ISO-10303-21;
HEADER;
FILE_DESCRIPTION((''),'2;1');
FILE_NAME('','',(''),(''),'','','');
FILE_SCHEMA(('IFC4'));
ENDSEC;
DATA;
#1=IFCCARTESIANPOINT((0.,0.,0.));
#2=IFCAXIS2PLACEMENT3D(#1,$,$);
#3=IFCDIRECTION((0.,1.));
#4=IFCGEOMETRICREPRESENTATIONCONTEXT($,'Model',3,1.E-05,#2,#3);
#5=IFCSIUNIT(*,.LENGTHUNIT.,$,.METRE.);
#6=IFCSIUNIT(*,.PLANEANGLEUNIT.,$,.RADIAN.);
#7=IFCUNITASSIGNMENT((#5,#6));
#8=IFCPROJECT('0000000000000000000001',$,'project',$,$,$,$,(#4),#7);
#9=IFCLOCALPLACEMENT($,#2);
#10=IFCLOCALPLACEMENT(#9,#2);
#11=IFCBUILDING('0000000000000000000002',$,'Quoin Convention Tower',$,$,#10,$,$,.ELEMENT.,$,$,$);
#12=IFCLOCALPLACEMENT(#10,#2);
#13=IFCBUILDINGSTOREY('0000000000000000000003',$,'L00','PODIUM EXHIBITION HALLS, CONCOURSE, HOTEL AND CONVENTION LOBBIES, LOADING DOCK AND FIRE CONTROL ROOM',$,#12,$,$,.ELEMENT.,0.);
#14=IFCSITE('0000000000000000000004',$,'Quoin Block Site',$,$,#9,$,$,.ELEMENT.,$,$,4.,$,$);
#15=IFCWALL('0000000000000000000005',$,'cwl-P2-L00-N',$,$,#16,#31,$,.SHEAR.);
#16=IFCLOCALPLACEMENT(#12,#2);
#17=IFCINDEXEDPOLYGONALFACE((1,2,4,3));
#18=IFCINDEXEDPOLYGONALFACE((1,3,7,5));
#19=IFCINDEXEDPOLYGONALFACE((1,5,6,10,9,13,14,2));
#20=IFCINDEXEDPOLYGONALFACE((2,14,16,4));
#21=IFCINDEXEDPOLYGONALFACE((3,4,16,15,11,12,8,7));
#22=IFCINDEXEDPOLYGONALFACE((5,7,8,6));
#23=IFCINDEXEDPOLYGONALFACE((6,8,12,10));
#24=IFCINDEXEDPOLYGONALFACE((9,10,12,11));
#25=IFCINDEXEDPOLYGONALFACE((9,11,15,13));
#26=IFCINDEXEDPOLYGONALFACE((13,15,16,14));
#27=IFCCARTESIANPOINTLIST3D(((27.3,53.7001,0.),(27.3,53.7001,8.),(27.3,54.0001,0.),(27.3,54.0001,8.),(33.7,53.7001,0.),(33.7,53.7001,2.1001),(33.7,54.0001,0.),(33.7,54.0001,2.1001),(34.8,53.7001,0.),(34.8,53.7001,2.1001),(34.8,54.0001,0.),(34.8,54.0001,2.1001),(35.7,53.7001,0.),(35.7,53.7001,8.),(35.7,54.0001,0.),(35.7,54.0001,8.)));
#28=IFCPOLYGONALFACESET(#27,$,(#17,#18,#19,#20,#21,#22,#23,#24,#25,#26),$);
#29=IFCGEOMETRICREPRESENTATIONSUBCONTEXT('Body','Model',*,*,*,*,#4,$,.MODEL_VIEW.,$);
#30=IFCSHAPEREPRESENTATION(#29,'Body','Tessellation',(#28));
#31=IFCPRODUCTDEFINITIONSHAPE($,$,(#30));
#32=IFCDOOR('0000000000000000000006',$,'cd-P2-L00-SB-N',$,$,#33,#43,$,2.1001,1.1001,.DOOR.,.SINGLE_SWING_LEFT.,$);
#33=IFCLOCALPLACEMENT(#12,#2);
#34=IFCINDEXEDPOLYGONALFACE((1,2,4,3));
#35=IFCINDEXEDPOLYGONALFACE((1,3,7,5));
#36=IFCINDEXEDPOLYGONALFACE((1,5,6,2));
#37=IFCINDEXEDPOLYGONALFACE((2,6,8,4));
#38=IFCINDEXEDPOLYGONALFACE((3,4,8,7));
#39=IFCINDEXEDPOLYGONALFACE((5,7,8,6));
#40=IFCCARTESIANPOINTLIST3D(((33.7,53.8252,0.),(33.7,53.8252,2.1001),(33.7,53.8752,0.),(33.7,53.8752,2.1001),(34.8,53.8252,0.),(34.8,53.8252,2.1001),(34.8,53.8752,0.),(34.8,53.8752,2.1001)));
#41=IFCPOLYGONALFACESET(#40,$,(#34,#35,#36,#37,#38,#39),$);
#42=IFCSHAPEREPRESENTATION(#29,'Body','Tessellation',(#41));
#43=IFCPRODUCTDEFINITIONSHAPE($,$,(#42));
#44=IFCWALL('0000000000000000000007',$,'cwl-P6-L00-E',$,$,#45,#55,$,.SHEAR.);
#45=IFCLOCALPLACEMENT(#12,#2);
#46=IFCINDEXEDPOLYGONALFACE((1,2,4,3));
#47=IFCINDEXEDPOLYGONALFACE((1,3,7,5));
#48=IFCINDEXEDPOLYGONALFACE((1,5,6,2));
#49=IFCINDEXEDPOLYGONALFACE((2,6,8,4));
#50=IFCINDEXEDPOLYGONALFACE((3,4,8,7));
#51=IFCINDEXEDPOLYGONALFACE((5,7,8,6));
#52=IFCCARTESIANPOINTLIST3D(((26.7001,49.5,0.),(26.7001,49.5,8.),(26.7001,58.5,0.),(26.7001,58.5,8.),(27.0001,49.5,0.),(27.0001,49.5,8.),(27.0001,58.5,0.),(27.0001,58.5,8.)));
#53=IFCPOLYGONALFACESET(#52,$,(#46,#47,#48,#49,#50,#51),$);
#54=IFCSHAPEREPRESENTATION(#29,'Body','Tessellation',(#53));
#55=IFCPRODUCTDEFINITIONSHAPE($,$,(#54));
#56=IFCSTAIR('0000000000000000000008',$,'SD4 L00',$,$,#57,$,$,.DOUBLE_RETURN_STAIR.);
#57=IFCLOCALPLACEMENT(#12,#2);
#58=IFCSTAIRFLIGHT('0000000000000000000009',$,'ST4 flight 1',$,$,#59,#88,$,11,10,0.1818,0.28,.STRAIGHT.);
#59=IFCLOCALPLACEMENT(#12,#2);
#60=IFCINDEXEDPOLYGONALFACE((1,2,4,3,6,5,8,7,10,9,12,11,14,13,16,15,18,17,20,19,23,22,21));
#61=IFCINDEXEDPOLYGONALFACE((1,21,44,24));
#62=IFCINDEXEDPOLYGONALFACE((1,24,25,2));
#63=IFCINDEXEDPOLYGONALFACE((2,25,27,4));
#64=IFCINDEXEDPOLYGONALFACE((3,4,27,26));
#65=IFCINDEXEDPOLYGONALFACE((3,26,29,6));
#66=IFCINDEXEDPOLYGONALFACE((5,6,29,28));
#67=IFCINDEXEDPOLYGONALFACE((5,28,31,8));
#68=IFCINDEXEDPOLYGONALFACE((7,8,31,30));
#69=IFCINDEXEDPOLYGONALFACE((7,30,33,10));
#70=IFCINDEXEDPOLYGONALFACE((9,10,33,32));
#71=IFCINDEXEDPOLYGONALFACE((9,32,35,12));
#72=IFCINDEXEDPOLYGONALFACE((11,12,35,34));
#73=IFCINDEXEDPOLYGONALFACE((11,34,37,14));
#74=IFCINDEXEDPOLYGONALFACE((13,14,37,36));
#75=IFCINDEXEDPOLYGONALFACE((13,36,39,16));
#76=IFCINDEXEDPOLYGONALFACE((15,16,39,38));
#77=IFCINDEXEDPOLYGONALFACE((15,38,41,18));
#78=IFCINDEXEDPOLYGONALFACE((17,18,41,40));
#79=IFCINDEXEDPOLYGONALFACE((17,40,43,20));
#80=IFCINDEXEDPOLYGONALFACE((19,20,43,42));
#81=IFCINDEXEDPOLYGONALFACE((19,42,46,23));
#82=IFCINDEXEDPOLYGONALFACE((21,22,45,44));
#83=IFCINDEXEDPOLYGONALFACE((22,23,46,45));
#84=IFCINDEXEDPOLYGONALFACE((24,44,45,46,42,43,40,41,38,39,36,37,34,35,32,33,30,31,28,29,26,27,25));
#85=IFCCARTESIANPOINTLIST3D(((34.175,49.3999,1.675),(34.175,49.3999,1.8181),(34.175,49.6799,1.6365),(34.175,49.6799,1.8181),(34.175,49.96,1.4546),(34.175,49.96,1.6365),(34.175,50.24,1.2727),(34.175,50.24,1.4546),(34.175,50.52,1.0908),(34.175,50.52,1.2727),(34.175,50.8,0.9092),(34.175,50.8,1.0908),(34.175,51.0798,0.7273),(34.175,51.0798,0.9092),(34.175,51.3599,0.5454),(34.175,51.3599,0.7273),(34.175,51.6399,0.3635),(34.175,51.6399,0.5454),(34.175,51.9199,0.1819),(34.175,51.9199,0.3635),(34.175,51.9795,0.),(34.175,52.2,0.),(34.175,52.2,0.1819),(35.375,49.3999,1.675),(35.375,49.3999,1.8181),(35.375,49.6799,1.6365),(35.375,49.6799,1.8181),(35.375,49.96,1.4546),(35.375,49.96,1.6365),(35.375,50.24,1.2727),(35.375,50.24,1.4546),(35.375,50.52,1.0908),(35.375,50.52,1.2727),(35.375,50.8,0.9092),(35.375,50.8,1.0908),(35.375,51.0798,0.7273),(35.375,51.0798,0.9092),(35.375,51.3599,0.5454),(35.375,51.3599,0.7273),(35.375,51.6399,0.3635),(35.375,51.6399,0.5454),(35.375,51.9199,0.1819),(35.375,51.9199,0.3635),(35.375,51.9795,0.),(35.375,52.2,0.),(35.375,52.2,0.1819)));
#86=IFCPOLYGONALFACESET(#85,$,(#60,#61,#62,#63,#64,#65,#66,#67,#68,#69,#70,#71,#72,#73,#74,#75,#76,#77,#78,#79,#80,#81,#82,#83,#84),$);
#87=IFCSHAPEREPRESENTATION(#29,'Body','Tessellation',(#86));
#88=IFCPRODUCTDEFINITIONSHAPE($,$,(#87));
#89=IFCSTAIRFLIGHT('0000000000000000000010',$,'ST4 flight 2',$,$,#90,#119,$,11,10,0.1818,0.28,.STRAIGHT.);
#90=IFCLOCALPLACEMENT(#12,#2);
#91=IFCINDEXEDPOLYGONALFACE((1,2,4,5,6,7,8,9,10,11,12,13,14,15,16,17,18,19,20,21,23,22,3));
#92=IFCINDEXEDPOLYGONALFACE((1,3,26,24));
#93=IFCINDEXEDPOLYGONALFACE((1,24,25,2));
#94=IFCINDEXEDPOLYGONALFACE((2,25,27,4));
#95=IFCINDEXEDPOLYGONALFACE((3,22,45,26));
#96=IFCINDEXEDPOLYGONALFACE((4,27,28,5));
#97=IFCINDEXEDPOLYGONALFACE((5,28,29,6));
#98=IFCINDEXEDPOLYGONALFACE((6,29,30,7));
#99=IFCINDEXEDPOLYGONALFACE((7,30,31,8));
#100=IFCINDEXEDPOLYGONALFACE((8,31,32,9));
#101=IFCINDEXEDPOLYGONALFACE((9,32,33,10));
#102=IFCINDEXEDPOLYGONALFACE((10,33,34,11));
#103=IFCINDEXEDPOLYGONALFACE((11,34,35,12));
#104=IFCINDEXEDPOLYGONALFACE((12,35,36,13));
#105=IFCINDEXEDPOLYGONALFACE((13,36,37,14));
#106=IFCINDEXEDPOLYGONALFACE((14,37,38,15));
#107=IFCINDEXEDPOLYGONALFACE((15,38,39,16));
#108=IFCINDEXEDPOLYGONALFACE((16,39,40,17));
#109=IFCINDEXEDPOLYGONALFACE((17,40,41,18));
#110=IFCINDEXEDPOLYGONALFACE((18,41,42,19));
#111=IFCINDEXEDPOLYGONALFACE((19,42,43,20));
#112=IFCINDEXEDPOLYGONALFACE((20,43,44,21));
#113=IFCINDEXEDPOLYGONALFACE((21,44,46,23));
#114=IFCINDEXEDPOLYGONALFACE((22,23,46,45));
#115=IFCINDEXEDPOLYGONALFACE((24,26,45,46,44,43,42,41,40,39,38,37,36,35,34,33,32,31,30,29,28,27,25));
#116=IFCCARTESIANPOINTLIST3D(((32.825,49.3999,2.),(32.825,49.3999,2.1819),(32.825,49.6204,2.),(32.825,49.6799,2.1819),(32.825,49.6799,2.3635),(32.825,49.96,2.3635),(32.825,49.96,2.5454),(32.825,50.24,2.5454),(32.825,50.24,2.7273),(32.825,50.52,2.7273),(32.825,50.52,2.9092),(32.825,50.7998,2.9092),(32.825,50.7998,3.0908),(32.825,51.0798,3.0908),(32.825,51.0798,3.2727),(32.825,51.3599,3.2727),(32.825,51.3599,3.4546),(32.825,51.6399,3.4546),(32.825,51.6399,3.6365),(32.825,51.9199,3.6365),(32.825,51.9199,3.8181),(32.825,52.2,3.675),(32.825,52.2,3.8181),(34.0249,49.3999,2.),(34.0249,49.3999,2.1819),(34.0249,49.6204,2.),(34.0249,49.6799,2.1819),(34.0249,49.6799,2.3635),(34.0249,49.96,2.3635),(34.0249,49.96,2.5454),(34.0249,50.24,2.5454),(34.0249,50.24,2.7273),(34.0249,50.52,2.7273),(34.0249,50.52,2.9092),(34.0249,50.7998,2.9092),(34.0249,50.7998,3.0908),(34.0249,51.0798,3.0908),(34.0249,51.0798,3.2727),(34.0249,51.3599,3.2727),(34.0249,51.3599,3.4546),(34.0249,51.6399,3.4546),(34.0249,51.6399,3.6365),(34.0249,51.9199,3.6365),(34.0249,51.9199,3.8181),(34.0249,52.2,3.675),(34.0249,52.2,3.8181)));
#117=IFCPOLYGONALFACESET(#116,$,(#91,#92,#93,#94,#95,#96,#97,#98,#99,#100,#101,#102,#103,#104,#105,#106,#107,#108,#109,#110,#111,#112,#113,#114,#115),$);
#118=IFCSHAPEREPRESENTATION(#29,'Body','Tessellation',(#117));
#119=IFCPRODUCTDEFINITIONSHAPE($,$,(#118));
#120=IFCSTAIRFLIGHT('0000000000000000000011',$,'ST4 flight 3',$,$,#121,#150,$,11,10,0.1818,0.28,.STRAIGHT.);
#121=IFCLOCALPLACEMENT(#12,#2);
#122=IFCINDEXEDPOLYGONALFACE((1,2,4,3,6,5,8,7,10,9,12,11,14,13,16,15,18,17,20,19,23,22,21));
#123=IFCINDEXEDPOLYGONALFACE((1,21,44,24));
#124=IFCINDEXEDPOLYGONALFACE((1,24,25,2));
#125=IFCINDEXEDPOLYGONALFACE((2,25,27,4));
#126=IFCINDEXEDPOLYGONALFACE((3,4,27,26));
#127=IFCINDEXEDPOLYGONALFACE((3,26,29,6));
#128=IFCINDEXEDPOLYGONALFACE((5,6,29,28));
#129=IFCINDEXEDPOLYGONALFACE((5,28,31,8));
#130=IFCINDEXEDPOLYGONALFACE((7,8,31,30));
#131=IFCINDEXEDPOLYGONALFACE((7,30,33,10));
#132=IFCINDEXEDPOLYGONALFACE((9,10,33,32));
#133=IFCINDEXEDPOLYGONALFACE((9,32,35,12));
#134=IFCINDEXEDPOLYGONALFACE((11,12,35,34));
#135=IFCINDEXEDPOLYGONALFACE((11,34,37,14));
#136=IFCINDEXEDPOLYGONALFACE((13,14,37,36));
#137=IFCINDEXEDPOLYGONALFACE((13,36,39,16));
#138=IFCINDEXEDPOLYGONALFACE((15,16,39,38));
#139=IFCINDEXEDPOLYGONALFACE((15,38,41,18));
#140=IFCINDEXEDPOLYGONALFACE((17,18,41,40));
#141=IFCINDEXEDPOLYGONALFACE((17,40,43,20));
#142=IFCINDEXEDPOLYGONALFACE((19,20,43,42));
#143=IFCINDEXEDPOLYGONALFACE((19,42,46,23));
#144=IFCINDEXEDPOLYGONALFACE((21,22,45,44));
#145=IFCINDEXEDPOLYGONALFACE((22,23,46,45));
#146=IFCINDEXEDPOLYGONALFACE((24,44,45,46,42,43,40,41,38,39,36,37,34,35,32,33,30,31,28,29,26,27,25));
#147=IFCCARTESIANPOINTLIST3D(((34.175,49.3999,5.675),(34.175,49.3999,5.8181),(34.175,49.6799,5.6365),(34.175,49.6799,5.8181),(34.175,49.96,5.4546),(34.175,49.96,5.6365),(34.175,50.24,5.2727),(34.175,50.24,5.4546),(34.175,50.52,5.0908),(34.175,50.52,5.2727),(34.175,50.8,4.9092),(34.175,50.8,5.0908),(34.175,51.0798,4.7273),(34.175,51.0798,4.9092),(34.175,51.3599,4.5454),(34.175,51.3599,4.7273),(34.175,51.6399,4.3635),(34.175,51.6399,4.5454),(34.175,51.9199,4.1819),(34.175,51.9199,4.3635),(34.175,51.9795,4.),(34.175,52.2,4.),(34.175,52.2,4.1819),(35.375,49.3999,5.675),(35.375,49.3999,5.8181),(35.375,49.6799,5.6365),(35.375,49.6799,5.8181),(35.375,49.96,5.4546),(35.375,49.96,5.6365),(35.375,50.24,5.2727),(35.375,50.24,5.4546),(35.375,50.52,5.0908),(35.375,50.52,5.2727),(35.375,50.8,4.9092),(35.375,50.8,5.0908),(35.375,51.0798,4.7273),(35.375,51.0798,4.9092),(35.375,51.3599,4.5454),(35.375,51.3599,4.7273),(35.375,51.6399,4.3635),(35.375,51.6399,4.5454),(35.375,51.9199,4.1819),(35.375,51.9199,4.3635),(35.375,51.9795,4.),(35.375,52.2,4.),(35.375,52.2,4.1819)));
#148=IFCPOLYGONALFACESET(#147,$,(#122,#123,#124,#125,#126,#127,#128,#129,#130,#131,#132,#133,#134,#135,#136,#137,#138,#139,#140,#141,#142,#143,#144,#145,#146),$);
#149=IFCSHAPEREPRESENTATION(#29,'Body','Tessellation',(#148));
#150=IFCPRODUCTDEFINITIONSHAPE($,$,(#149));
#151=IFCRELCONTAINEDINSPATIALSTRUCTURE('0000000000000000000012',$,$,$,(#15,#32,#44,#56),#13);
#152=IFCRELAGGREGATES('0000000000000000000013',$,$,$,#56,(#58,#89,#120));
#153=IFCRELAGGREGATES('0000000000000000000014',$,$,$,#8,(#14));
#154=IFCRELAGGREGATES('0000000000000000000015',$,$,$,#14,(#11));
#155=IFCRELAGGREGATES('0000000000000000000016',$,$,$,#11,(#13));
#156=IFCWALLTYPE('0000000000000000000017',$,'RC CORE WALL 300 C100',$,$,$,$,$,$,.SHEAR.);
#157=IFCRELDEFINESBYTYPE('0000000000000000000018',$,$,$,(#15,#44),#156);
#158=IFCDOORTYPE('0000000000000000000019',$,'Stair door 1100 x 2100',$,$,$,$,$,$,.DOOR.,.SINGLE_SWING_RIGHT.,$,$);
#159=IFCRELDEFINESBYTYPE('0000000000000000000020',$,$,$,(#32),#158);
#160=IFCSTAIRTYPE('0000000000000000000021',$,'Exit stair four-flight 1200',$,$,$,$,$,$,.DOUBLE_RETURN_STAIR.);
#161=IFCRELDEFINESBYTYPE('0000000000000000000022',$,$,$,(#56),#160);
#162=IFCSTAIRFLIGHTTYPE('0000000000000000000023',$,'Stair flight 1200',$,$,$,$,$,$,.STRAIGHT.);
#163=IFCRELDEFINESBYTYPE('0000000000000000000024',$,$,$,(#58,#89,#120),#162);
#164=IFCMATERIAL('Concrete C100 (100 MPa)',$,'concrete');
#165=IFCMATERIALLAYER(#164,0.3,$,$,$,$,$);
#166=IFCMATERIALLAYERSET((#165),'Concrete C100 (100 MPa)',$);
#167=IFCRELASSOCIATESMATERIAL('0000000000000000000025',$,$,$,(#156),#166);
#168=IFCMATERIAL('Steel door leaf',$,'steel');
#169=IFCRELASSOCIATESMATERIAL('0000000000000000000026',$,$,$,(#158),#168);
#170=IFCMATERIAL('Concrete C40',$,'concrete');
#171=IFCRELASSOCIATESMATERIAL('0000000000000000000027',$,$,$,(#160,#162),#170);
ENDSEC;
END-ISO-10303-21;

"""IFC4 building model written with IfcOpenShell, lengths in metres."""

from ifc_helpers import new_model, si_unit, direction, frame, frame_2d, origin, place, context, subcontext, project, spatial, polyline, rectangle, outline, extrude, material, layer, layer_set, type_object, element, fill, aggregate, save


model = new_model("IFC4")

# Units and contexts
model_context = context("Model", 3, precision=1e-05, world=origin(), true_north=direction((0.0, 1.0)))
body_context = subcontext(model_context, "Body", "Model", "MODEL_VIEW")
ifc_project = project(units=[si_unit("LENGTHUNIT", "METRE"), si_unit("PLANEANGLEUNIT", "RADIAN")], contexts=[model_context])

# Site, building, storey
site_placement = place(None, origin())
site = spatial("IfcSite", under=ifc_project, at=site_placement, Name="Quoin Block Site", CompositionType="ELEMENT", RefElevation=4.0)
building_placement = place(site_placement, origin())
building = spatial("IfcBuilding", under=site, at=building_placement, Name="Quoin Convention Tower", CompositionType="ELEMENT")
storey_placement = place(building_placement, origin())
storey = spatial("IfcBuildingStorey", under=building, at=storey_placement, Name="L00", Description="PODIUM EXHIBITION HALLS, CONCOURSE, HOTEL AND CONVENTION LOBBIES, LOADING DOCK AND FIRE CONTROL ROOM", CompositionType="ELEMENT", Elevation=0.0)

# Shared definitions
ifc_material_1 = material(Name="Concrete C100 (100 MPa)", Category="concrete")

# Shared definitions
ifc_material_2 = material(Name="Steel door leaf", Category="steel")

# Wall, opening, door
ifc_layer_1 = layer(ifc_material_1, 0.3)
ifc_layer_set_1 = layer_set([ifc_layer_1], Name="Concrete C100 (100 MPa)")
wall_type_1 = type_object("IfcWallType", Name="RC CORE WALL 300 C100", PredefinedType="SHEAR", material=ifc_layer_set_1)
wall_1_placement = place(storey_placement, frame((27.3, 53.8501, 0.0), z_axis=(0.0, 0.0, 1.0), x_axis=(1.0, 0.0, 0.0)))
wall_1 = element("IfcWall", 1, at=wall_1_placement, inside=storey, type_object=wall_type_1, Name="cwl-P2-L00-N", PredefinedType="SHEAR", context=body_context, shape_type="SweptSolid", body=[
    extrude(rectangle(XDim=8.3999, YDim=0.3, at=frame_2d((4.2, 0.0))), origin(), (0.0, 0.0, 1.0), 8.0),
])
opening_1_placement = place(wall_1_placement, frame((6.3999, 0.0, 0.0)))
opening_1 = element("IfcOpeningElement", 2, at=opening_1_placement, cuts=wall_1, PredefinedType="OPENING", context=body_context, shape_type="SweptSolid", body=[
    extrude(rectangle(XDim=1.1001, YDim=2.1001, at=frame_2d((0.55, 1.05))), frame((0.0, 0.1599, 0.0), z_axis=(0.0, -1.0, 0.0), x_axis=(1.0, 0.0, 0.0)), (0.0, 0.0, 1.0), 0.3201),
])
door_type_1 = type_object("IfcDoorType", Name="Stair door 1100 x 2100", OperationType="SINGLE_SWING_RIGHT", PredefinedType="DOOR", material=ifc_material_2)
door_1_placement = place(opening_1_placement, frame((1.1001, 0.0, 0.0), z_axis=(0.0, 0.0, 1.0), x_axis=(-1.0, 0.0, 0.0)))
door_1 = element("IfcDoor", 3, at=door_1_placement, inside=storey, type_object=door_type_1, Name="cd-P2-L00-SB-N", OperationType="SINGLE_SWING_LEFT", OverallHeight=2.1001, OverallWidth=1.1001, PredefinedType="DOOR", context=body_context, shape_type="SweptSolid", body=[
    extrude(rectangle(XDim=1.1001, YDim=2.1001, at=frame_2d((0.55, 1.05))), frame((0.0, 0.0249, 0.0), z_axis=(0.0, -1.0, 0.0), x_axis=(1.0, 0.0, 0.0)), (0.0, 0.0, 1.0), 0.05),
])
fill(opening_1, door_1)

# Wall
wall_2_placement = place(storey_placement, frame((26.8501, 49.5, 0.0), z_axis=(0.0, 0.0, 1.0), x_axis=(0.0, 1.0, 0.0)))
element("IfcWall", 4, at=wall_2_placement, inside=storey, type_object=wall_type_1, Name="cwl-P6-L00-E", PredefinedType="SHEAR", context=body_context, shape_type="SweptSolid", body=[
    extrude(rectangle(XDim=9.0, YDim=0.3, at=frame_2d((4.5, 0.0))), origin(), (0.0, 0.0, 1.0), 8.0),
])

# Stair, stair flights
ifc_material_3 = material(Name="Concrete C40", Category="concrete")
stair_type_1 = type_object("IfcStairType", Name="Exit stair four-flight 1200", PredefinedType="DOUBLE_RETURN_STAIR", material=ifc_material_3)
stair_1_placement = place(storey_placement, origin())
stair_1 = element("IfcStair", 5, at=stair_1_placement, inside=storey, type_object=stair_type_1, Name="SD4 L00", PredefinedType="DOUBLE_RETURN_STAIR")
stair_flight_type_1 = type_object("IfcStairFlightType", Name="Stair flight 1200", PredefinedType="STRAIGHT", material=ifc_material_3)
stair_flight_1_placement = place(storey_placement, frame((34.7749, 52.2, 0.0), z_axis=(0.0, 0.0, 1.0), x_axis=(0.0, -1.0, 0.0)))
stair_flight_1 = element("IfcStairFlight", 6, at=stair_flight_1_placement, type_object=stair_flight_type_1, Name="ST4 flight 1", NumberOfRisers=11, NumberOfTreads=10, PredefinedType="STRAIGHT", RiserHeight=0.1818, TreadLength=0.28, context=body_context, shape_type="SweptSolid", body=[
    extrude(outline(polyline([(0.0, 0.0), (0.0, 0.1819), (0.28, 0.1819), (0.28, 0.3635), (0.5601, 0.3635), (0.5601, 0.5454), (0.8401, 0.5454), (0.8401, 0.7273), (1.1201, 0.7273), (1.1201, 0.9092), (1.3999, 0.9092), (1.3999, 1.0908), (1.6799, 1.0908), (1.6799, 1.2727), (1.96, 1.2727), (1.96, 1.4546), (2.24, 1.4546), (2.24, 1.6365), (2.52, 1.6365), (2.52, 1.8181), (2.8, 1.8181), (2.8, 2.0), (2.8, 1.675), (0.2205, 0.0), (0.0, 0.0)])), frame((0.0, 0.6001, 0.0), z_axis=(0.0, -1.0, 0.0), x_axis=(1.0, 0.0, 0.0)), (0.0, 0.0, 1.0), 1.2),
])
stair_flight_2_placement = place(storey_placement, frame((33.425, 49.3999, 2.0), z_axis=(0.0, 0.0, 1.0), x_axis=(0.0, 1.0, 0.0)))
stair_flight_2 = element("IfcStairFlight", 7, at=stair_flight_2_placement, type_object=stair_flight_type_1, Name="ST4 flight 2", NumberOfRisers=11, NumberOfTreads=10, PredefinedType="STRAIGHT", RiserHeight=0.1818, TreadLength=0.28, context=body_context, shape_type="SweptSolid", body=[
    extrude(outline(polyline([(0.0, 0.0), (0.0, 0.1819), (0.28, 0.1819), (0.28, 0.3635), (0.5601, 0.3635), (0.5601, 0.5454), (0.8401, 0.5454), (0.8401, 0.7273), (1.1201, 0.7273), (1.1201, 0.9092), (1.3999, 0.9092), (1.3999, 1.0908), (1.6799, 1.0908), (1.6799, 1.2727), (1.96, 1.2727), (1.96, 1.4546), (2.24, 1.4546), (2.24, 1.6365), (2.52, 1.6365), (2.52, 1.8181), (2.8, 1.8181), (2.8, 2.0), (2.8, 1.675), (0.2205, 0.0), (0.0, 0.0)])), frame((0.0, 0.6001, 0.0), z_axis=(0.0, -1.0, 0.0), x_axis=(1.0, 0.0, 0.0)), (0.0, 0.0, 1.0), 1.2),
])
stair_flight_3_placement = place(storey_placement, frame((34.7749, 52.2, 4.0), z_axis=(0.0, 0.0, 1.0), x_axis=(0.0, -1.0, 0.0)))
stair_flight_3 = element("IfcStairFlight", 8, at=stair_flight_3_placement, type_object=stair_flight_type_1, Name="ST4 flight 3", NumberOfRisers=11, NumberOfTreads=10, PredefinedType="STRAIGHT", RiserHeight=0.1818, TreadLength=0.28, context=body_context, shape_type="SweptSolid", body=[
    extrude(outline(polyline([(0.0, 0.0), (0.0, 0.1819), (0.28, 0.1819), (0.28, 0.3635), (0.5601, 0.3635), (0.5601, 0.5454), (0.8401, 0.5454), (0.8401, 0.7273), (1.1201, 0.7273), (1.1201, 0.9092), (1.3999, 0.9092), (1.3999, 1.0908), (1.6799, 1.0908), (1.6799, 1.2727), (1.96, 1.2727), (1.96, 1.4546), (2.24, 1.4546), (2.24, 1.6365), (2.52, 1.6365), (2.52, 1.8181), (2.8, 1.8181), (2.8, 2.0), (2.8, 1.675), (0.2205, 0.0), (0.0, 0.0)])), frame((0.0, 0.6001, 0.0), z_axis=(0.0, -1.0, 0.0), x_axis=(1.0, 0.0, 0.0)), (0.0, 0.0, 1.0), 1.2),
])
aggregate(stair_1, [stair_flight_1, stair_flight_2, stair_flight_3])

save(model, "model.ifc")
